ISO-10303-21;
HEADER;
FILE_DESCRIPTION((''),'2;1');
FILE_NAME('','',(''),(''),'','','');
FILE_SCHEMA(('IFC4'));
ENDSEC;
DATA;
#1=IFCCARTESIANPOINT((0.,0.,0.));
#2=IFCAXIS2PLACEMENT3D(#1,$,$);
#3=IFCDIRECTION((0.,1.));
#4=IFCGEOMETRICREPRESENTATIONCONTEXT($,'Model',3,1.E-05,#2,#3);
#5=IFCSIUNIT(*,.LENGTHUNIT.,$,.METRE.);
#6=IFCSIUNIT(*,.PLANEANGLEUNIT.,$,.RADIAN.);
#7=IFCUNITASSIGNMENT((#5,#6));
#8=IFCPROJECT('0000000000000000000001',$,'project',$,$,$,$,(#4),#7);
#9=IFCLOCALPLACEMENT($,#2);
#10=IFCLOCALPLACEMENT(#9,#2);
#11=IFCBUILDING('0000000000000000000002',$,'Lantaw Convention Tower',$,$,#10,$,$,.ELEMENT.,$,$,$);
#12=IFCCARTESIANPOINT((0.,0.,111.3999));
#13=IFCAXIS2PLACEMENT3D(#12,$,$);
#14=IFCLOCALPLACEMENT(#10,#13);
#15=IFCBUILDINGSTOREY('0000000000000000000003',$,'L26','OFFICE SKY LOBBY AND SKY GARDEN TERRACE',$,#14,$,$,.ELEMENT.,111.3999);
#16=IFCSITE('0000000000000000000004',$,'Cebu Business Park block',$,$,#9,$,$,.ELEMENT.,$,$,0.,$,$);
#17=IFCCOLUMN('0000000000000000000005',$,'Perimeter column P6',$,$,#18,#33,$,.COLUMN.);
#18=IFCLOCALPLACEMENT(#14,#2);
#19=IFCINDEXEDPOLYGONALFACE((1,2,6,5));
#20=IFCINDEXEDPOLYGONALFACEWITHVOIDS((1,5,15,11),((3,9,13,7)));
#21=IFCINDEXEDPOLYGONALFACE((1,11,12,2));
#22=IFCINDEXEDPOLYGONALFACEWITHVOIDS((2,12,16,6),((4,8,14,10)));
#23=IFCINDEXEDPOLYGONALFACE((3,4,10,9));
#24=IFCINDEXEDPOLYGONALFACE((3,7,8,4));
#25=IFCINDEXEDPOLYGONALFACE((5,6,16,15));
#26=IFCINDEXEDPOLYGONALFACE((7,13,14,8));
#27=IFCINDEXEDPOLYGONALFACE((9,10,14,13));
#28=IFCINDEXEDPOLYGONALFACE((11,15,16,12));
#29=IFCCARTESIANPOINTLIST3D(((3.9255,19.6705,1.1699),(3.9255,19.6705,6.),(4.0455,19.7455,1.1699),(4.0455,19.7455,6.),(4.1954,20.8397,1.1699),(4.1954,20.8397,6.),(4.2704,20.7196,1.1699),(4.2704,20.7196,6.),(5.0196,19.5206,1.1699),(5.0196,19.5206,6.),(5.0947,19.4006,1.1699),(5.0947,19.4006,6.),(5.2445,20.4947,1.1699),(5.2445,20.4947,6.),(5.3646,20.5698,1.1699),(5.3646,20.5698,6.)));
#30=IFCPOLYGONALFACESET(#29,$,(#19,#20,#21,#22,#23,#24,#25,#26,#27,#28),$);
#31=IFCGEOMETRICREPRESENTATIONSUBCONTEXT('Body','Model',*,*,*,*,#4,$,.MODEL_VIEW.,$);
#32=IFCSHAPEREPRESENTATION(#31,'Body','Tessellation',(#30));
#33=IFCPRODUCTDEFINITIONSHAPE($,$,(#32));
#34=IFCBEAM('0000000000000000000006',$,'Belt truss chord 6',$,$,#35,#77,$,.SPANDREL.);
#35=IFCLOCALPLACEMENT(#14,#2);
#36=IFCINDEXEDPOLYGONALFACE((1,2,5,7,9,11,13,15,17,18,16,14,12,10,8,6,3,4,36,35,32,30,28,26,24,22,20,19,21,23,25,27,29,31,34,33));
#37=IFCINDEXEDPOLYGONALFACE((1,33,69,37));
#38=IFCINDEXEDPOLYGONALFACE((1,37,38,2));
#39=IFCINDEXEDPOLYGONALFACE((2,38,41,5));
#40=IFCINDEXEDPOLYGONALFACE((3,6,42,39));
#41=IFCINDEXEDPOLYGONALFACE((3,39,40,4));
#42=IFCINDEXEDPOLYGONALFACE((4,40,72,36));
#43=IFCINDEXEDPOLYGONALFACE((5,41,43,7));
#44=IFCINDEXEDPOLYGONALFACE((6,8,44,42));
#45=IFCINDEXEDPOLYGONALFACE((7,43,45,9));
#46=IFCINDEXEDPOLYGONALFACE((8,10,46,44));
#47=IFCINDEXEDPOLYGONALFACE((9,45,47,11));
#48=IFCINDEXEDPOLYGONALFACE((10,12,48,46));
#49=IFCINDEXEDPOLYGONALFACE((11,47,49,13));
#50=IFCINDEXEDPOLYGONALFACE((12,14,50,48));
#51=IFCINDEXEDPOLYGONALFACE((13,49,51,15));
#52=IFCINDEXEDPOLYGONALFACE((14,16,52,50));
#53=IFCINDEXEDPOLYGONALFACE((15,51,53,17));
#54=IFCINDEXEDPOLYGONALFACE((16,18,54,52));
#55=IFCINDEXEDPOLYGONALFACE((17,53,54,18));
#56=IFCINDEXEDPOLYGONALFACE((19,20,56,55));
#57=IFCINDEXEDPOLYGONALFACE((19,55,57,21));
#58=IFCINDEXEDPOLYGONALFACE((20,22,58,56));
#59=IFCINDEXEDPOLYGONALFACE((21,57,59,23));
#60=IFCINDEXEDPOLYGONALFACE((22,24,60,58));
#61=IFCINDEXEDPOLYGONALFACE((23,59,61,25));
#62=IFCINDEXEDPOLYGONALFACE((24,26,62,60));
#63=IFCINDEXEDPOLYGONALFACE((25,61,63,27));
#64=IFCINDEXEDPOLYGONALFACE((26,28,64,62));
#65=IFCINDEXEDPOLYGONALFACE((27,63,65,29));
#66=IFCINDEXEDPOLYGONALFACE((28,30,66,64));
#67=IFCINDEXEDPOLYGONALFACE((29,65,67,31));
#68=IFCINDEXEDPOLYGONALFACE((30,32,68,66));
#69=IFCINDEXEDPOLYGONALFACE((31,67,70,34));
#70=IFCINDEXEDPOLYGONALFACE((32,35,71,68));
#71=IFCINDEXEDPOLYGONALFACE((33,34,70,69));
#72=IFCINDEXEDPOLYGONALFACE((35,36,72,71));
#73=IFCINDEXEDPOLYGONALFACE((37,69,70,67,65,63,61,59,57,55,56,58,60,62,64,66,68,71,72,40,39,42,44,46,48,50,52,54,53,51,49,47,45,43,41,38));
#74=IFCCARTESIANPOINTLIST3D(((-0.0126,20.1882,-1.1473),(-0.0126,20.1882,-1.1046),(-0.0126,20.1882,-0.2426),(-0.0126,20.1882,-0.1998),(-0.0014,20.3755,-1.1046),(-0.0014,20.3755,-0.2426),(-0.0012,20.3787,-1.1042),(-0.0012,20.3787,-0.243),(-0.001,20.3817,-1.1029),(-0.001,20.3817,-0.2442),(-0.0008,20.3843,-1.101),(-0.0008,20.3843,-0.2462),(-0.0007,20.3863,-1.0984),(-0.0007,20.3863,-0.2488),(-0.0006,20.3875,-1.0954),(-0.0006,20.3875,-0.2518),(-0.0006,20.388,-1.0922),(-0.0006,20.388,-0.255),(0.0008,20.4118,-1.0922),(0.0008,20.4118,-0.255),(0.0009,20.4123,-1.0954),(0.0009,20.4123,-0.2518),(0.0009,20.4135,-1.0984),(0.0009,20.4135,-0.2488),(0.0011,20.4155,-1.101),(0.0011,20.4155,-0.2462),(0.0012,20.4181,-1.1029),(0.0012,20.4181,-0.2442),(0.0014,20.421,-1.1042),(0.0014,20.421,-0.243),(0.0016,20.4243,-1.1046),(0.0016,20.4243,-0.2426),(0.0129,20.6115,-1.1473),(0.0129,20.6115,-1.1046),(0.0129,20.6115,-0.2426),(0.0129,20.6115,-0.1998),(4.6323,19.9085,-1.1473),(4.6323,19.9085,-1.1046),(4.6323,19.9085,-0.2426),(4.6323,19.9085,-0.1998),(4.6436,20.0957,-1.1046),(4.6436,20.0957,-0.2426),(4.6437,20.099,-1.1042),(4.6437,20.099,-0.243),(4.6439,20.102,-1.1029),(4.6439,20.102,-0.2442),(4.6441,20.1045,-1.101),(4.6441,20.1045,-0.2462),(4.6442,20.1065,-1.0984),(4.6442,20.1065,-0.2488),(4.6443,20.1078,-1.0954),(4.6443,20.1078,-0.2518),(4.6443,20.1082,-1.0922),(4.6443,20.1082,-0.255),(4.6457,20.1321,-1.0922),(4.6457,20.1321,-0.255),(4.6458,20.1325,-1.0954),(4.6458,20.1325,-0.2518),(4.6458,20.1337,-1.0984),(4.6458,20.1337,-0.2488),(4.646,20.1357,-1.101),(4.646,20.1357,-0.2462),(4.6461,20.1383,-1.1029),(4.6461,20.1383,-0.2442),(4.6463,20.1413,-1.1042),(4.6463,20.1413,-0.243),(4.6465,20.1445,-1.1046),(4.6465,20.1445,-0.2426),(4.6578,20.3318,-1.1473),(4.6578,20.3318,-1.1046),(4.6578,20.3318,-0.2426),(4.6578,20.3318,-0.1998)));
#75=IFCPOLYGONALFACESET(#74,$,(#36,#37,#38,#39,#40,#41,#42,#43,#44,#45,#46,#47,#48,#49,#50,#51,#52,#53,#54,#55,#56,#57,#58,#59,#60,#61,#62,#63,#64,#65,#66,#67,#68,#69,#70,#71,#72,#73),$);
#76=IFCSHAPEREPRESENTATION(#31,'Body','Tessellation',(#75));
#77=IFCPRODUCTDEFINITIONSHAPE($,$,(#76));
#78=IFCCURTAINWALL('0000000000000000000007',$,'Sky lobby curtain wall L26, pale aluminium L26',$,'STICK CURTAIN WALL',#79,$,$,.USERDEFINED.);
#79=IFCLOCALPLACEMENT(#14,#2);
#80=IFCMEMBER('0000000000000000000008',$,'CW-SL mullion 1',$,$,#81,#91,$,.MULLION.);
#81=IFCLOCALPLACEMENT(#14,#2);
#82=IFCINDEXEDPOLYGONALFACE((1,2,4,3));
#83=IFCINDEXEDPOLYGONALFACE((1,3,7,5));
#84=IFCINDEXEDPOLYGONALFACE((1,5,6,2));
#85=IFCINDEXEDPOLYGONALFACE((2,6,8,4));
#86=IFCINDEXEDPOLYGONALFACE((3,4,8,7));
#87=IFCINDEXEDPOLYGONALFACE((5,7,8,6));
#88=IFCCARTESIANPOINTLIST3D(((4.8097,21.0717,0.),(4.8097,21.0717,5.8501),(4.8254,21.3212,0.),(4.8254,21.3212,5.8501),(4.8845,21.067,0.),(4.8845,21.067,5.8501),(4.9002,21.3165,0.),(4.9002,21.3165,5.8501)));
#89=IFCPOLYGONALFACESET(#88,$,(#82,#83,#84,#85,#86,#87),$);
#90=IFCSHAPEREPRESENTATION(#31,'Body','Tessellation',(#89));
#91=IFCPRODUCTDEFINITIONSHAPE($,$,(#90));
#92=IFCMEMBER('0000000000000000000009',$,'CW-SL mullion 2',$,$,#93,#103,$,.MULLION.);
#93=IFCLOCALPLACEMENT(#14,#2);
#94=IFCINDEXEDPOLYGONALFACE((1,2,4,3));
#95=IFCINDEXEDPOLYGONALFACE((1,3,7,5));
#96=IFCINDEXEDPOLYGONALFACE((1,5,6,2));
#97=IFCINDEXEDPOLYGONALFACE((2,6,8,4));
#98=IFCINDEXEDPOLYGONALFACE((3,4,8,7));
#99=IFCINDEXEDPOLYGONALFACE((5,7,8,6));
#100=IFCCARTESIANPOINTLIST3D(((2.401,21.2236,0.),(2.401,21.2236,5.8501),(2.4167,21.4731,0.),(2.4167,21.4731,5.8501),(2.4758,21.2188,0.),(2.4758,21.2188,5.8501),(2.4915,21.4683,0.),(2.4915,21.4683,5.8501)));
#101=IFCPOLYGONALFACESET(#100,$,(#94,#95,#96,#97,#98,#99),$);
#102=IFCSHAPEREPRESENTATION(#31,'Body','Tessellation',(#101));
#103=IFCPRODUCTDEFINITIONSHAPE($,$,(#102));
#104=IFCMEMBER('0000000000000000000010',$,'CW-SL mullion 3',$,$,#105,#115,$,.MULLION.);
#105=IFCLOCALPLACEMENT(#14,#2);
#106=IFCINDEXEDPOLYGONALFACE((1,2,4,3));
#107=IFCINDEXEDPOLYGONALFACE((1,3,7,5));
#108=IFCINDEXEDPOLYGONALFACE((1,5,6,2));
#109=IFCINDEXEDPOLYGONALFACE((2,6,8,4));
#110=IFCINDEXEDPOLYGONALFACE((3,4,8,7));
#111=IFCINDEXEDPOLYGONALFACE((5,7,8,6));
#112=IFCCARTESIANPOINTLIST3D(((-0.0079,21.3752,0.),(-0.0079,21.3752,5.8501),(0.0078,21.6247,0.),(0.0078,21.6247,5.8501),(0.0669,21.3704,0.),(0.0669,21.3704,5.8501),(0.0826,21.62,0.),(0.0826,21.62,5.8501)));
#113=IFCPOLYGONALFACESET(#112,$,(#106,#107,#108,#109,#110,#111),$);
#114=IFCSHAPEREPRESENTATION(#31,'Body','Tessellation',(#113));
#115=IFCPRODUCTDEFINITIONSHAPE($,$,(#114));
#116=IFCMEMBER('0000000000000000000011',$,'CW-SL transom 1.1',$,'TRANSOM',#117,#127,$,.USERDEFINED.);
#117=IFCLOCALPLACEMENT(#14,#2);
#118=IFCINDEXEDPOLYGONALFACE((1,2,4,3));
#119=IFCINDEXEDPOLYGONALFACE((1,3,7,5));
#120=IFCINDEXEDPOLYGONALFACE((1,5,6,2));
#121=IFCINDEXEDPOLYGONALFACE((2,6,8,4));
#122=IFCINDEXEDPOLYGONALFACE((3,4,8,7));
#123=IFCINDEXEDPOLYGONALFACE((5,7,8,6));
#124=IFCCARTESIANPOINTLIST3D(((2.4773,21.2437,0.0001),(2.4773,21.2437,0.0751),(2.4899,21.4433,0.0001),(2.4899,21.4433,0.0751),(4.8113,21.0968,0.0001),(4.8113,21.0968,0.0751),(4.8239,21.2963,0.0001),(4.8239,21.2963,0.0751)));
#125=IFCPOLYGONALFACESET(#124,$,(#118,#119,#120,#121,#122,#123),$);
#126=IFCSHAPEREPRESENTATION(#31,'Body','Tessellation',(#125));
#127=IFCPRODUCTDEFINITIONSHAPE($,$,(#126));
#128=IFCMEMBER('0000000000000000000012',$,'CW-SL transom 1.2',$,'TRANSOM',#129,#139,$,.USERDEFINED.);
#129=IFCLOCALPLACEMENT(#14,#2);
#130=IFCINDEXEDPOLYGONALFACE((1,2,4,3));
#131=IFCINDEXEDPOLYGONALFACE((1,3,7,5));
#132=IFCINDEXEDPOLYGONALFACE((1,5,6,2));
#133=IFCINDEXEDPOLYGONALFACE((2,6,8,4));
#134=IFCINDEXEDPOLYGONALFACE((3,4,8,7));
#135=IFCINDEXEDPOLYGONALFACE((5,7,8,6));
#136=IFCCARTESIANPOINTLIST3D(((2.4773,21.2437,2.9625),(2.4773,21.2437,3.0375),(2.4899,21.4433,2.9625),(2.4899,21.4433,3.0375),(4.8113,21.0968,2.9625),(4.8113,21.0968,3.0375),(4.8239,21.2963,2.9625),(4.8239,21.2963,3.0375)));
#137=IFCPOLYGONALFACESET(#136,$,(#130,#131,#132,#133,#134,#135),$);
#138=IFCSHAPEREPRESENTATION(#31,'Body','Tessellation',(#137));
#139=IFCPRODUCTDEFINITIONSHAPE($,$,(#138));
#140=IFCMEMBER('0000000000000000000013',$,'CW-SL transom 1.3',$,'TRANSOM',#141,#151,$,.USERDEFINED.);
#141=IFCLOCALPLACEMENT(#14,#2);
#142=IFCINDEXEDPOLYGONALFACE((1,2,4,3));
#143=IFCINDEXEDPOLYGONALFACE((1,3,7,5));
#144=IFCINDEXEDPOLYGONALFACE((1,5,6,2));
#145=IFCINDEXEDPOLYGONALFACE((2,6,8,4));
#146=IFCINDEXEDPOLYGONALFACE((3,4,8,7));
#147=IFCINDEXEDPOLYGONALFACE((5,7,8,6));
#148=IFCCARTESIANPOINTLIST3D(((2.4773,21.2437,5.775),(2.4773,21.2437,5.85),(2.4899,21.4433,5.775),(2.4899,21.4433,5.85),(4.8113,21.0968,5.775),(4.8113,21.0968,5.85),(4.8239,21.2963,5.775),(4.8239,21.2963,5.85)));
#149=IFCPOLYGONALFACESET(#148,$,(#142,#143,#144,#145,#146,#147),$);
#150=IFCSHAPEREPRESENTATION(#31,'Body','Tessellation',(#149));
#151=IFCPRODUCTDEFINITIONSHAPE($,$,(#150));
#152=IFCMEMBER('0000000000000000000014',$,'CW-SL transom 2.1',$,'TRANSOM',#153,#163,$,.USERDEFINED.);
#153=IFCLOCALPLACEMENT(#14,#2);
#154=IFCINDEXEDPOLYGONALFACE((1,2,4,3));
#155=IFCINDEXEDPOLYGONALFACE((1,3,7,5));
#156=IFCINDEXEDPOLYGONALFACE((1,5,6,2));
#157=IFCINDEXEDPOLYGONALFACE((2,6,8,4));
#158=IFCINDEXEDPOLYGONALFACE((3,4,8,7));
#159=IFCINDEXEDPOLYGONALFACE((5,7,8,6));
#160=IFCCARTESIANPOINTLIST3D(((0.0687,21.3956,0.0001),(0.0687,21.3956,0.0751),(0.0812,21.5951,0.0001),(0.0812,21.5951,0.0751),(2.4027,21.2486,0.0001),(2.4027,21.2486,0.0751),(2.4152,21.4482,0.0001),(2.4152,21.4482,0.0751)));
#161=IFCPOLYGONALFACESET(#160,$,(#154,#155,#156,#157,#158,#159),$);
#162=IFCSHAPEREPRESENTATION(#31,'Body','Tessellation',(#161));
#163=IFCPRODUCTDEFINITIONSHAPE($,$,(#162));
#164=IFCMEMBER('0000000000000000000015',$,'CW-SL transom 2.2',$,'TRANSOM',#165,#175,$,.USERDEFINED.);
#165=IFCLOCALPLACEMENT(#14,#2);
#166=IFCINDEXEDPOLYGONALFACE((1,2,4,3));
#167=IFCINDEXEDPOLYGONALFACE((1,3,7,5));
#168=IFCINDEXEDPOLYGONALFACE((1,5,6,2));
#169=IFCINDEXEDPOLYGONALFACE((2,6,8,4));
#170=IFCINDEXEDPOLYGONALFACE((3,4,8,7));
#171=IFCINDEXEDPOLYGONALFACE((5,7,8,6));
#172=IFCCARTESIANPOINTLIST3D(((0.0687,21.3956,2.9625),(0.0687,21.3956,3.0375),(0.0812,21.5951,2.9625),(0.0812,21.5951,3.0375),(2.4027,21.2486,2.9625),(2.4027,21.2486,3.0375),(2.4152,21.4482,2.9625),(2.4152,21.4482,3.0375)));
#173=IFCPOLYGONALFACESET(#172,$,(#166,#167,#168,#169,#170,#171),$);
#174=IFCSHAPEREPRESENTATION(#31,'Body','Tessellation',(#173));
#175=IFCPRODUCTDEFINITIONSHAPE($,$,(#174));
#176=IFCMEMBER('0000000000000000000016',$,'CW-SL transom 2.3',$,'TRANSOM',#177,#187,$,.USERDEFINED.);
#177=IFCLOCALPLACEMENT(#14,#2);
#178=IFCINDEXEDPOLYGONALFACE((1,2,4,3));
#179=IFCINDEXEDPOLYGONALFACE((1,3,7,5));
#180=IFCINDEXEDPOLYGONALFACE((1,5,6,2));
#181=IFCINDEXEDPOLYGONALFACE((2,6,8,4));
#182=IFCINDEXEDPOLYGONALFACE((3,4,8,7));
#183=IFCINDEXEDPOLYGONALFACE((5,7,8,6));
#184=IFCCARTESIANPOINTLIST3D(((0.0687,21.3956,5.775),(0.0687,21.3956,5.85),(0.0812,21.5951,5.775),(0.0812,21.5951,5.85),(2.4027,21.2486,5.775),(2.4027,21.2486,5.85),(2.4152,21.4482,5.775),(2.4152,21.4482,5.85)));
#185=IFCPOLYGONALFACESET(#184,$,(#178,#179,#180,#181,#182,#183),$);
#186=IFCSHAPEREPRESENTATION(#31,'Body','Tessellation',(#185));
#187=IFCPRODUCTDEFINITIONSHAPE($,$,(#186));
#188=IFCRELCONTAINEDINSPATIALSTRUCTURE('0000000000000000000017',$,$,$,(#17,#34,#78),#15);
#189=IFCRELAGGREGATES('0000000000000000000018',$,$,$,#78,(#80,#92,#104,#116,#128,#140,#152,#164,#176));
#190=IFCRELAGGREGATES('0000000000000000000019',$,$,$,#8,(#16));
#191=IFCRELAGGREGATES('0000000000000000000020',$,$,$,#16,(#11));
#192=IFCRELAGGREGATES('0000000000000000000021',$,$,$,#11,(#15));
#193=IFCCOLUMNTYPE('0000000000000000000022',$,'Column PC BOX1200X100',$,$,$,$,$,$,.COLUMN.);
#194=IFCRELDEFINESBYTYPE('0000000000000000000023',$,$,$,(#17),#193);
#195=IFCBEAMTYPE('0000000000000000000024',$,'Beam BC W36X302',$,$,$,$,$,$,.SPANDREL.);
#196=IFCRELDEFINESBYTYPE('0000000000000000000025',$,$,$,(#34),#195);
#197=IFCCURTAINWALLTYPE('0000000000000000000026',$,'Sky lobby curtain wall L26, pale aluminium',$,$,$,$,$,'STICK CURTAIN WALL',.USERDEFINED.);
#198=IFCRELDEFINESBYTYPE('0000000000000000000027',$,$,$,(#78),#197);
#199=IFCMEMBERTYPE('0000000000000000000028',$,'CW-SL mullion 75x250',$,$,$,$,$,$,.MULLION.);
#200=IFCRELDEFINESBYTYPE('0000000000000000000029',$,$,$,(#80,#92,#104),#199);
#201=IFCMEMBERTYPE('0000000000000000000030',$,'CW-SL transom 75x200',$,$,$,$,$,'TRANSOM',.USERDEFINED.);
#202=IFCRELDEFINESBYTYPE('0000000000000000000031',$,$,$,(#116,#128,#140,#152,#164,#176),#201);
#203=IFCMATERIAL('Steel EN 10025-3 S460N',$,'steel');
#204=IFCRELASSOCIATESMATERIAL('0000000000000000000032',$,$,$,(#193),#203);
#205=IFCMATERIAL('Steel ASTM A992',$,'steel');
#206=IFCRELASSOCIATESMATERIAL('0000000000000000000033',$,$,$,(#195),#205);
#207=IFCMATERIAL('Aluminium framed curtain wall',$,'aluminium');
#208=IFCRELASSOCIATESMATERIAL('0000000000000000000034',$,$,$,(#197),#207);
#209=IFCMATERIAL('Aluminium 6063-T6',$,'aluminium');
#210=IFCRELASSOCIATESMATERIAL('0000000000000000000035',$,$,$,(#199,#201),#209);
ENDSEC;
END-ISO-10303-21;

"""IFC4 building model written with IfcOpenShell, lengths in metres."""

from ifc_helpers import new_model, si_unit, direction, frame, origin, origin_2d, place, context, subcontext, project, spatial, rectangle, hollow_rectangle, i_section, extrude, material, material_profile, profile_set, type_object, element, aggregate, save


model = new_model("IFC4")

# Units and contexts
model_context = context("Model", 3, precision=1e-05, world=origin(), true_north=direction((0.0, 1.0)))
body_context = subcontext(model_context, "Body", "Model", "MODEL_VIEW")
ifc_project = project(units=[si_unit("LENGTHUNIT", "METRE"), si_unit("PLANEANGLEUNIT", "RADIAN")], contexts=[model_context])

# Site, building, storey
site_placement = place(None, origin())
site = spatial("IfcSite", under=ifc_project, at=site_placement, Name="Cebu Business Park block", CompositionType="ELEMENT", RefElevation=0.0)
building_placement = place(site_placement, origin())
building = spatial("IfcBuilding", under=site, at=building_placement, Name="Lantaw Convention Tower", CompositionType="ELEMENT")
storey_placement = place(building_placement, frame((0.0, 0.0, 111.3999)))
storey = spatial("IfcBuildingStorey", under=building, at=storey_placement, Name="L26", Description="OFFICE SKY LOBBY AND SKY GARDEN TERRACE", CompositionType="ELEMENT", Elevation=111.3999)

# Column
ifc_material_1 = material(Name="Steel EN 10025-3 S460N", Category="steel")
ifc_material_profile_1 = material_profile(ifc_material_1, hollow_rectangle(XDim=1.2, YDim=1.2, WallThickness=0.1001, at=origin_2d()), Name="BOX1200X100")
ifc_material_2 = material(Name="Concrete C60/75", Category="concrete")
ifc_material_profile_2 = material_profile(ifc_material_2, rectangle(XDim=1.0, YDim=1.0, at=origin_2d()), Name="Concrete fill of BOX1200X100")
ifc_profile_set_1 = profile_set([ifc_material_profile_1, ifc_material_profile_2], Name="Steel EN 10025-3 S460N")
column_type = type_object("IfcColumnType", Name="Column PC BOX1200X100", PredefinedType="COLUMN", material=ifc_profile_set_1)
column_placement = place(storey_placement, frame((4.645, 20.1201, 1.1699), z_axis=(0.0, 0.0, 1.0), x_axis=(0.224951, 0.97437, 0.0)))
element("IfcColumn", 1, at=column_placement, inside=storey, type_object=column_type, Name="Perimeter column P6", PredefinedType="COLUMN", context=body_context, shape_type="SweptSolid", body=[
    extrude(hollow_rectangle(XDim=1.2, YDim=1.2, WallThickness=0.1001, at=origin_2d()), origin(), (0.0, 0.0, 1.0), 4.8301),
])

# Beam
ifc_material_3 = material(Name="Steel ASTM A992", Category="steel")
ifc_material_profile_3 = material_profile(ifc_material_3, i_section(OverallWidth=0.4241, OverallDepth=0.9475, WebThickness=0.0239, FlangeThickness=0.0427, FilletRadius=0.0125, at=origin_2d()), Name="W36X302")
ifc_profile_set_2 = profile_set([ifc_material_profile_3], Name="Steel ASTM A992")
beam_type = type_object("IfcBeamType", Name="Beam BC W36X302", PredefinedType="SPANDREL", material=ifc_profile_set_2)
beam_placement = place(storey_placement, frame((4.645, 20.1201, -0.6736), z_axis=(-0.998191, 0.060124, 0.0), x_axis=(-0.060124, -0.998191, 0.0)))
element("IfcBeam", 2, at=beam_placement, inside=storey, type_object=beam_type, Name="Belt truss chord 6", PredefinedType="SPANDREL", context=body_context, shape_type="SweptSolid", body=[
    extrude(i_section(OverallWidth=0.4241, OverallDepth=0.9475, WebThickness=0.0239, FlangeThickness=0.0427, FilletRadius=0.0125, at=origin_2d()), origin(), (0.0, 0.0, 1.0), 4.6533),
])

# Curtain wall, members
ifc_material_4 = material(Name="Aluminium framed curtain wall", Category="aluminium")
curtain_wall_type = type_object("IfcCurtainWallType", Name="Sky lobby curtain wall L26, pale aluminium", ElementType="STICK CURTAIN WALL", PredefinedType="USERDEFINED", material=ifc_material_4)
curtain_wall_placement = place(storey_placement, origin())
curtain_wall = element("IfcCurtainWall", 3, at=curtain_wall_placement, inside=storey, type_object=curtain_wall_type, Name="Sky lobby curtain wall L26, pale aluminium L26", ObjectType="STICK CURTAIN WALL", PredefinedType="USERDEFINED")
ifc_material_5 = material(Name="Aluminium 6063-T6", Category="aluminium")
ifc_material_profile_4 = material_profile(ifc_material_5, rectangle(XDim=0.25, YDim=0.075, at=origin_2d()), Name="CW-SL mullion 75x250")
ifc_profile_set_3 = profile_set([ifc_material_profile_4], Name="Aluminium 6063-T6")
member_type_1 = type_object("IfcMemberType", Name="CW-SL mullion 75x250", PredefinedType="MULLION", material=ifc_profile_set_3)
member_1_placement = place(storey_placement, frame((4.855, 21.1941, 0.0), z_axis=(0.0, 0.0, 1.0), x_axis=(-0.062865, -0.998022, 0.0)))
member_1 = element("IfcMember", 4, at=member_1_placement, type_object=member_type_1, Name="CW-SL mullion 1", PredefinedType="MULLION", context=body_context, shape_type="SweptSolid", body=[
    extrude(rectangle(XDim=0.25, YDim=0.075, at=origin_2d()), origin(), (0.0, 0.0, 1.0), 5.8501),
])
member_2_placement = place(storey_placement, frame((2.4463, 21.3459, 0.0), z_axis=(0.0, 0.0, 1.0), x_axis=(-0.062865, -0.998022, 0.0)))
member_2 = element("IfcMember", 5, at=member_2_placement, type_object=member_type_1, Name="CW-SL mullion 2", PredefinedType="MULLION", context=body_context, shape_type="SweptSolid", body=[
    extrude(rectangle(XDim=0.25, YDim=0.075, at=origin_2d()), origin(), (0.0, 0.0, 1.0), 5.8501),
])
member_3_placement = place(storey_placement, frame((0.0374, 21.4976, 0.0), z_axis=(0.0, 0.0, 1.0), x_axis=(-0.062865, -0.998022, 0.0)))
member_3 = element("IfcMember", 6, at=member_3_placement, type_object=member_type_1, Name="CW-SL mullion 3", PredefinedType="MULLION", context=body_context, shape_type="SweptSolid", body=[
    extrude(rectangle(XDim=0.25, YDim=0.075, at=origin_2d()), origin(), (0.0, 0.0, 1.0), 5.8501),
])
ifc_material_profile_5 = material_profile(ifc_material_5, rectangle(XDim=0.2, YDim=0.075, at=origin_2d()), Name="CW-SL transom 75x200")
ifc_profile_set_4 = profile_set([ifc_material_profile_5], Name="Aluminium 6063-T6")
member_type_2 = type_object("IfcMemberType", Name="CW-SL transom 75x200", ElementType="TRANSOM", PredefinedType="USERDEFINED", material=ifc_profile_set_4)
member_4_placement = place(storey_placement, frame((4.8176, 21.1965, 0.0376), z_axis=(-0.998023, 0.062846, 0.0), x_axis=(-0.062846, -0.998023, 0.0)))
member_4 = element("IfcMember", 7, at=member_4_placement, type_object=member_type_2, Name="CW-SL transom 1.1", ObjectType="TRANSOM", PredefinedType="USERDEFINED", context=body_context, shape_type="SweptSolid", body=[
    extrude(rectangle(XDim=0.2, YDim=0.075, at=origin_2d()), origin(), (0.0, 0.0, 1.0), 2.3386),
])
member_5_placement = place(storey_placement, frame((4.8176, 21.1965, 3.0), z_axis=(-0.998023, 0.062846, 0.0), x_axis=(-0.062846, -0.998023, 0.0)))
member_5 = element("IfcMember", 8, at=member_5_placement, type_object=member_type_2, Name="CW-SL transom 1.2", ObjectType="TRANSOM", PredefinedType="USERDEFINED", context=body_context, shape_type="SweptSolid", body=[
    extrude(rectangle(XDim=0.2, YDim=0.075, at=origin_2d()), origin(), (0.0, 0.0, 1.0), 2.3386),
])
member_6_placement = place(storey_placement, frame((4.8176, 21.1965, 5.8125), z_axis=(-0.998023, 0.062846, 0.0), x_axis=(-0.062846, -0.998023, 0.0)))
member_6 = element("IfcMember", 9, at=member_6_placement, type_object=member_type_2, Name="CW-SL transom 1.3", ObjectType="TRANSOM", PredefinedType="USERDEFINED", context=body_context, shape_type="SweptSolid", body=[
    extrude(rectangle(XDim=0.2, YDim=0.075, at=origin_2d()), origin(), (0.0, 0.0, 1.0), 2.3386),
])
member_7_placement = place(storey_placement, frame((2.4089, 21.3484, 0.0376), z_axis=(-0.998023, 0.062846, 0.0), x_axis=(-0.062846, -0.998023, 0.0)))
member_7 = element("IfcMember", 10, at=member_7_placement, type_object=member_type_2, Name="CW-SL transom 2.1", ObjectType="TRANSOM", PredefinedType="USERDEFINED", context=body_context, shape_type="SweptSolid", body=[
    extrude(rectangle(XDim=0.2, YDim=0.075, at=origin_2d()), origin(), (0.0, 0.0, 1.0), 2.3386),
])
member_8_placement = place(storey_placement, frame((2.4089, 21.3484, 3.0), z_axis=(-0.998023, 0.062846, 0.0), x_axis=(-0.062846, -0.998023, 0.0)))
member_8 = element("IfcMember", 11, at=member_8_placement, type_object=member_type_2, Name="CW-SL transom 2.2", ObjectType="TRANSOM", PredefinedType="USERDEFINED", context=body_context, shape_type="SweptSolid", body=[
    extrude(rectangle(XDim=0.2, YDim=0.075, at=origin_2d()), origin(), (0.0, 0.0, 1.0), 2.3386),
])
member_9_placement = place(storey_placement, frame((2.4089, 21.3484, 5.8125), z_axis=(-0.998023, 0.062846, 0.0), x_axis=(-0.062846, -0.998023, 0.0)))
member_9 = element("IfcMember", 12, at=member_9_placement, type_object=member_type_2, Name="CW-SL transom 2.3", ObjectType="TRANSOM", PredefinedType="USERDEFINED", context=body_context, shape_type="SweptSolid", body=[
    extrude(rectangle(XDim=0.2, YDim=0.075, at=origin_2d()), origin(), (0.0, 0.0, 1.0), 2.3386),
])
aggregate(curtain_wall, [member_1, member_2, member_3, member_4, member_5, member_6, member_7, member_8, member_9])

save(model, "model.ifc")
